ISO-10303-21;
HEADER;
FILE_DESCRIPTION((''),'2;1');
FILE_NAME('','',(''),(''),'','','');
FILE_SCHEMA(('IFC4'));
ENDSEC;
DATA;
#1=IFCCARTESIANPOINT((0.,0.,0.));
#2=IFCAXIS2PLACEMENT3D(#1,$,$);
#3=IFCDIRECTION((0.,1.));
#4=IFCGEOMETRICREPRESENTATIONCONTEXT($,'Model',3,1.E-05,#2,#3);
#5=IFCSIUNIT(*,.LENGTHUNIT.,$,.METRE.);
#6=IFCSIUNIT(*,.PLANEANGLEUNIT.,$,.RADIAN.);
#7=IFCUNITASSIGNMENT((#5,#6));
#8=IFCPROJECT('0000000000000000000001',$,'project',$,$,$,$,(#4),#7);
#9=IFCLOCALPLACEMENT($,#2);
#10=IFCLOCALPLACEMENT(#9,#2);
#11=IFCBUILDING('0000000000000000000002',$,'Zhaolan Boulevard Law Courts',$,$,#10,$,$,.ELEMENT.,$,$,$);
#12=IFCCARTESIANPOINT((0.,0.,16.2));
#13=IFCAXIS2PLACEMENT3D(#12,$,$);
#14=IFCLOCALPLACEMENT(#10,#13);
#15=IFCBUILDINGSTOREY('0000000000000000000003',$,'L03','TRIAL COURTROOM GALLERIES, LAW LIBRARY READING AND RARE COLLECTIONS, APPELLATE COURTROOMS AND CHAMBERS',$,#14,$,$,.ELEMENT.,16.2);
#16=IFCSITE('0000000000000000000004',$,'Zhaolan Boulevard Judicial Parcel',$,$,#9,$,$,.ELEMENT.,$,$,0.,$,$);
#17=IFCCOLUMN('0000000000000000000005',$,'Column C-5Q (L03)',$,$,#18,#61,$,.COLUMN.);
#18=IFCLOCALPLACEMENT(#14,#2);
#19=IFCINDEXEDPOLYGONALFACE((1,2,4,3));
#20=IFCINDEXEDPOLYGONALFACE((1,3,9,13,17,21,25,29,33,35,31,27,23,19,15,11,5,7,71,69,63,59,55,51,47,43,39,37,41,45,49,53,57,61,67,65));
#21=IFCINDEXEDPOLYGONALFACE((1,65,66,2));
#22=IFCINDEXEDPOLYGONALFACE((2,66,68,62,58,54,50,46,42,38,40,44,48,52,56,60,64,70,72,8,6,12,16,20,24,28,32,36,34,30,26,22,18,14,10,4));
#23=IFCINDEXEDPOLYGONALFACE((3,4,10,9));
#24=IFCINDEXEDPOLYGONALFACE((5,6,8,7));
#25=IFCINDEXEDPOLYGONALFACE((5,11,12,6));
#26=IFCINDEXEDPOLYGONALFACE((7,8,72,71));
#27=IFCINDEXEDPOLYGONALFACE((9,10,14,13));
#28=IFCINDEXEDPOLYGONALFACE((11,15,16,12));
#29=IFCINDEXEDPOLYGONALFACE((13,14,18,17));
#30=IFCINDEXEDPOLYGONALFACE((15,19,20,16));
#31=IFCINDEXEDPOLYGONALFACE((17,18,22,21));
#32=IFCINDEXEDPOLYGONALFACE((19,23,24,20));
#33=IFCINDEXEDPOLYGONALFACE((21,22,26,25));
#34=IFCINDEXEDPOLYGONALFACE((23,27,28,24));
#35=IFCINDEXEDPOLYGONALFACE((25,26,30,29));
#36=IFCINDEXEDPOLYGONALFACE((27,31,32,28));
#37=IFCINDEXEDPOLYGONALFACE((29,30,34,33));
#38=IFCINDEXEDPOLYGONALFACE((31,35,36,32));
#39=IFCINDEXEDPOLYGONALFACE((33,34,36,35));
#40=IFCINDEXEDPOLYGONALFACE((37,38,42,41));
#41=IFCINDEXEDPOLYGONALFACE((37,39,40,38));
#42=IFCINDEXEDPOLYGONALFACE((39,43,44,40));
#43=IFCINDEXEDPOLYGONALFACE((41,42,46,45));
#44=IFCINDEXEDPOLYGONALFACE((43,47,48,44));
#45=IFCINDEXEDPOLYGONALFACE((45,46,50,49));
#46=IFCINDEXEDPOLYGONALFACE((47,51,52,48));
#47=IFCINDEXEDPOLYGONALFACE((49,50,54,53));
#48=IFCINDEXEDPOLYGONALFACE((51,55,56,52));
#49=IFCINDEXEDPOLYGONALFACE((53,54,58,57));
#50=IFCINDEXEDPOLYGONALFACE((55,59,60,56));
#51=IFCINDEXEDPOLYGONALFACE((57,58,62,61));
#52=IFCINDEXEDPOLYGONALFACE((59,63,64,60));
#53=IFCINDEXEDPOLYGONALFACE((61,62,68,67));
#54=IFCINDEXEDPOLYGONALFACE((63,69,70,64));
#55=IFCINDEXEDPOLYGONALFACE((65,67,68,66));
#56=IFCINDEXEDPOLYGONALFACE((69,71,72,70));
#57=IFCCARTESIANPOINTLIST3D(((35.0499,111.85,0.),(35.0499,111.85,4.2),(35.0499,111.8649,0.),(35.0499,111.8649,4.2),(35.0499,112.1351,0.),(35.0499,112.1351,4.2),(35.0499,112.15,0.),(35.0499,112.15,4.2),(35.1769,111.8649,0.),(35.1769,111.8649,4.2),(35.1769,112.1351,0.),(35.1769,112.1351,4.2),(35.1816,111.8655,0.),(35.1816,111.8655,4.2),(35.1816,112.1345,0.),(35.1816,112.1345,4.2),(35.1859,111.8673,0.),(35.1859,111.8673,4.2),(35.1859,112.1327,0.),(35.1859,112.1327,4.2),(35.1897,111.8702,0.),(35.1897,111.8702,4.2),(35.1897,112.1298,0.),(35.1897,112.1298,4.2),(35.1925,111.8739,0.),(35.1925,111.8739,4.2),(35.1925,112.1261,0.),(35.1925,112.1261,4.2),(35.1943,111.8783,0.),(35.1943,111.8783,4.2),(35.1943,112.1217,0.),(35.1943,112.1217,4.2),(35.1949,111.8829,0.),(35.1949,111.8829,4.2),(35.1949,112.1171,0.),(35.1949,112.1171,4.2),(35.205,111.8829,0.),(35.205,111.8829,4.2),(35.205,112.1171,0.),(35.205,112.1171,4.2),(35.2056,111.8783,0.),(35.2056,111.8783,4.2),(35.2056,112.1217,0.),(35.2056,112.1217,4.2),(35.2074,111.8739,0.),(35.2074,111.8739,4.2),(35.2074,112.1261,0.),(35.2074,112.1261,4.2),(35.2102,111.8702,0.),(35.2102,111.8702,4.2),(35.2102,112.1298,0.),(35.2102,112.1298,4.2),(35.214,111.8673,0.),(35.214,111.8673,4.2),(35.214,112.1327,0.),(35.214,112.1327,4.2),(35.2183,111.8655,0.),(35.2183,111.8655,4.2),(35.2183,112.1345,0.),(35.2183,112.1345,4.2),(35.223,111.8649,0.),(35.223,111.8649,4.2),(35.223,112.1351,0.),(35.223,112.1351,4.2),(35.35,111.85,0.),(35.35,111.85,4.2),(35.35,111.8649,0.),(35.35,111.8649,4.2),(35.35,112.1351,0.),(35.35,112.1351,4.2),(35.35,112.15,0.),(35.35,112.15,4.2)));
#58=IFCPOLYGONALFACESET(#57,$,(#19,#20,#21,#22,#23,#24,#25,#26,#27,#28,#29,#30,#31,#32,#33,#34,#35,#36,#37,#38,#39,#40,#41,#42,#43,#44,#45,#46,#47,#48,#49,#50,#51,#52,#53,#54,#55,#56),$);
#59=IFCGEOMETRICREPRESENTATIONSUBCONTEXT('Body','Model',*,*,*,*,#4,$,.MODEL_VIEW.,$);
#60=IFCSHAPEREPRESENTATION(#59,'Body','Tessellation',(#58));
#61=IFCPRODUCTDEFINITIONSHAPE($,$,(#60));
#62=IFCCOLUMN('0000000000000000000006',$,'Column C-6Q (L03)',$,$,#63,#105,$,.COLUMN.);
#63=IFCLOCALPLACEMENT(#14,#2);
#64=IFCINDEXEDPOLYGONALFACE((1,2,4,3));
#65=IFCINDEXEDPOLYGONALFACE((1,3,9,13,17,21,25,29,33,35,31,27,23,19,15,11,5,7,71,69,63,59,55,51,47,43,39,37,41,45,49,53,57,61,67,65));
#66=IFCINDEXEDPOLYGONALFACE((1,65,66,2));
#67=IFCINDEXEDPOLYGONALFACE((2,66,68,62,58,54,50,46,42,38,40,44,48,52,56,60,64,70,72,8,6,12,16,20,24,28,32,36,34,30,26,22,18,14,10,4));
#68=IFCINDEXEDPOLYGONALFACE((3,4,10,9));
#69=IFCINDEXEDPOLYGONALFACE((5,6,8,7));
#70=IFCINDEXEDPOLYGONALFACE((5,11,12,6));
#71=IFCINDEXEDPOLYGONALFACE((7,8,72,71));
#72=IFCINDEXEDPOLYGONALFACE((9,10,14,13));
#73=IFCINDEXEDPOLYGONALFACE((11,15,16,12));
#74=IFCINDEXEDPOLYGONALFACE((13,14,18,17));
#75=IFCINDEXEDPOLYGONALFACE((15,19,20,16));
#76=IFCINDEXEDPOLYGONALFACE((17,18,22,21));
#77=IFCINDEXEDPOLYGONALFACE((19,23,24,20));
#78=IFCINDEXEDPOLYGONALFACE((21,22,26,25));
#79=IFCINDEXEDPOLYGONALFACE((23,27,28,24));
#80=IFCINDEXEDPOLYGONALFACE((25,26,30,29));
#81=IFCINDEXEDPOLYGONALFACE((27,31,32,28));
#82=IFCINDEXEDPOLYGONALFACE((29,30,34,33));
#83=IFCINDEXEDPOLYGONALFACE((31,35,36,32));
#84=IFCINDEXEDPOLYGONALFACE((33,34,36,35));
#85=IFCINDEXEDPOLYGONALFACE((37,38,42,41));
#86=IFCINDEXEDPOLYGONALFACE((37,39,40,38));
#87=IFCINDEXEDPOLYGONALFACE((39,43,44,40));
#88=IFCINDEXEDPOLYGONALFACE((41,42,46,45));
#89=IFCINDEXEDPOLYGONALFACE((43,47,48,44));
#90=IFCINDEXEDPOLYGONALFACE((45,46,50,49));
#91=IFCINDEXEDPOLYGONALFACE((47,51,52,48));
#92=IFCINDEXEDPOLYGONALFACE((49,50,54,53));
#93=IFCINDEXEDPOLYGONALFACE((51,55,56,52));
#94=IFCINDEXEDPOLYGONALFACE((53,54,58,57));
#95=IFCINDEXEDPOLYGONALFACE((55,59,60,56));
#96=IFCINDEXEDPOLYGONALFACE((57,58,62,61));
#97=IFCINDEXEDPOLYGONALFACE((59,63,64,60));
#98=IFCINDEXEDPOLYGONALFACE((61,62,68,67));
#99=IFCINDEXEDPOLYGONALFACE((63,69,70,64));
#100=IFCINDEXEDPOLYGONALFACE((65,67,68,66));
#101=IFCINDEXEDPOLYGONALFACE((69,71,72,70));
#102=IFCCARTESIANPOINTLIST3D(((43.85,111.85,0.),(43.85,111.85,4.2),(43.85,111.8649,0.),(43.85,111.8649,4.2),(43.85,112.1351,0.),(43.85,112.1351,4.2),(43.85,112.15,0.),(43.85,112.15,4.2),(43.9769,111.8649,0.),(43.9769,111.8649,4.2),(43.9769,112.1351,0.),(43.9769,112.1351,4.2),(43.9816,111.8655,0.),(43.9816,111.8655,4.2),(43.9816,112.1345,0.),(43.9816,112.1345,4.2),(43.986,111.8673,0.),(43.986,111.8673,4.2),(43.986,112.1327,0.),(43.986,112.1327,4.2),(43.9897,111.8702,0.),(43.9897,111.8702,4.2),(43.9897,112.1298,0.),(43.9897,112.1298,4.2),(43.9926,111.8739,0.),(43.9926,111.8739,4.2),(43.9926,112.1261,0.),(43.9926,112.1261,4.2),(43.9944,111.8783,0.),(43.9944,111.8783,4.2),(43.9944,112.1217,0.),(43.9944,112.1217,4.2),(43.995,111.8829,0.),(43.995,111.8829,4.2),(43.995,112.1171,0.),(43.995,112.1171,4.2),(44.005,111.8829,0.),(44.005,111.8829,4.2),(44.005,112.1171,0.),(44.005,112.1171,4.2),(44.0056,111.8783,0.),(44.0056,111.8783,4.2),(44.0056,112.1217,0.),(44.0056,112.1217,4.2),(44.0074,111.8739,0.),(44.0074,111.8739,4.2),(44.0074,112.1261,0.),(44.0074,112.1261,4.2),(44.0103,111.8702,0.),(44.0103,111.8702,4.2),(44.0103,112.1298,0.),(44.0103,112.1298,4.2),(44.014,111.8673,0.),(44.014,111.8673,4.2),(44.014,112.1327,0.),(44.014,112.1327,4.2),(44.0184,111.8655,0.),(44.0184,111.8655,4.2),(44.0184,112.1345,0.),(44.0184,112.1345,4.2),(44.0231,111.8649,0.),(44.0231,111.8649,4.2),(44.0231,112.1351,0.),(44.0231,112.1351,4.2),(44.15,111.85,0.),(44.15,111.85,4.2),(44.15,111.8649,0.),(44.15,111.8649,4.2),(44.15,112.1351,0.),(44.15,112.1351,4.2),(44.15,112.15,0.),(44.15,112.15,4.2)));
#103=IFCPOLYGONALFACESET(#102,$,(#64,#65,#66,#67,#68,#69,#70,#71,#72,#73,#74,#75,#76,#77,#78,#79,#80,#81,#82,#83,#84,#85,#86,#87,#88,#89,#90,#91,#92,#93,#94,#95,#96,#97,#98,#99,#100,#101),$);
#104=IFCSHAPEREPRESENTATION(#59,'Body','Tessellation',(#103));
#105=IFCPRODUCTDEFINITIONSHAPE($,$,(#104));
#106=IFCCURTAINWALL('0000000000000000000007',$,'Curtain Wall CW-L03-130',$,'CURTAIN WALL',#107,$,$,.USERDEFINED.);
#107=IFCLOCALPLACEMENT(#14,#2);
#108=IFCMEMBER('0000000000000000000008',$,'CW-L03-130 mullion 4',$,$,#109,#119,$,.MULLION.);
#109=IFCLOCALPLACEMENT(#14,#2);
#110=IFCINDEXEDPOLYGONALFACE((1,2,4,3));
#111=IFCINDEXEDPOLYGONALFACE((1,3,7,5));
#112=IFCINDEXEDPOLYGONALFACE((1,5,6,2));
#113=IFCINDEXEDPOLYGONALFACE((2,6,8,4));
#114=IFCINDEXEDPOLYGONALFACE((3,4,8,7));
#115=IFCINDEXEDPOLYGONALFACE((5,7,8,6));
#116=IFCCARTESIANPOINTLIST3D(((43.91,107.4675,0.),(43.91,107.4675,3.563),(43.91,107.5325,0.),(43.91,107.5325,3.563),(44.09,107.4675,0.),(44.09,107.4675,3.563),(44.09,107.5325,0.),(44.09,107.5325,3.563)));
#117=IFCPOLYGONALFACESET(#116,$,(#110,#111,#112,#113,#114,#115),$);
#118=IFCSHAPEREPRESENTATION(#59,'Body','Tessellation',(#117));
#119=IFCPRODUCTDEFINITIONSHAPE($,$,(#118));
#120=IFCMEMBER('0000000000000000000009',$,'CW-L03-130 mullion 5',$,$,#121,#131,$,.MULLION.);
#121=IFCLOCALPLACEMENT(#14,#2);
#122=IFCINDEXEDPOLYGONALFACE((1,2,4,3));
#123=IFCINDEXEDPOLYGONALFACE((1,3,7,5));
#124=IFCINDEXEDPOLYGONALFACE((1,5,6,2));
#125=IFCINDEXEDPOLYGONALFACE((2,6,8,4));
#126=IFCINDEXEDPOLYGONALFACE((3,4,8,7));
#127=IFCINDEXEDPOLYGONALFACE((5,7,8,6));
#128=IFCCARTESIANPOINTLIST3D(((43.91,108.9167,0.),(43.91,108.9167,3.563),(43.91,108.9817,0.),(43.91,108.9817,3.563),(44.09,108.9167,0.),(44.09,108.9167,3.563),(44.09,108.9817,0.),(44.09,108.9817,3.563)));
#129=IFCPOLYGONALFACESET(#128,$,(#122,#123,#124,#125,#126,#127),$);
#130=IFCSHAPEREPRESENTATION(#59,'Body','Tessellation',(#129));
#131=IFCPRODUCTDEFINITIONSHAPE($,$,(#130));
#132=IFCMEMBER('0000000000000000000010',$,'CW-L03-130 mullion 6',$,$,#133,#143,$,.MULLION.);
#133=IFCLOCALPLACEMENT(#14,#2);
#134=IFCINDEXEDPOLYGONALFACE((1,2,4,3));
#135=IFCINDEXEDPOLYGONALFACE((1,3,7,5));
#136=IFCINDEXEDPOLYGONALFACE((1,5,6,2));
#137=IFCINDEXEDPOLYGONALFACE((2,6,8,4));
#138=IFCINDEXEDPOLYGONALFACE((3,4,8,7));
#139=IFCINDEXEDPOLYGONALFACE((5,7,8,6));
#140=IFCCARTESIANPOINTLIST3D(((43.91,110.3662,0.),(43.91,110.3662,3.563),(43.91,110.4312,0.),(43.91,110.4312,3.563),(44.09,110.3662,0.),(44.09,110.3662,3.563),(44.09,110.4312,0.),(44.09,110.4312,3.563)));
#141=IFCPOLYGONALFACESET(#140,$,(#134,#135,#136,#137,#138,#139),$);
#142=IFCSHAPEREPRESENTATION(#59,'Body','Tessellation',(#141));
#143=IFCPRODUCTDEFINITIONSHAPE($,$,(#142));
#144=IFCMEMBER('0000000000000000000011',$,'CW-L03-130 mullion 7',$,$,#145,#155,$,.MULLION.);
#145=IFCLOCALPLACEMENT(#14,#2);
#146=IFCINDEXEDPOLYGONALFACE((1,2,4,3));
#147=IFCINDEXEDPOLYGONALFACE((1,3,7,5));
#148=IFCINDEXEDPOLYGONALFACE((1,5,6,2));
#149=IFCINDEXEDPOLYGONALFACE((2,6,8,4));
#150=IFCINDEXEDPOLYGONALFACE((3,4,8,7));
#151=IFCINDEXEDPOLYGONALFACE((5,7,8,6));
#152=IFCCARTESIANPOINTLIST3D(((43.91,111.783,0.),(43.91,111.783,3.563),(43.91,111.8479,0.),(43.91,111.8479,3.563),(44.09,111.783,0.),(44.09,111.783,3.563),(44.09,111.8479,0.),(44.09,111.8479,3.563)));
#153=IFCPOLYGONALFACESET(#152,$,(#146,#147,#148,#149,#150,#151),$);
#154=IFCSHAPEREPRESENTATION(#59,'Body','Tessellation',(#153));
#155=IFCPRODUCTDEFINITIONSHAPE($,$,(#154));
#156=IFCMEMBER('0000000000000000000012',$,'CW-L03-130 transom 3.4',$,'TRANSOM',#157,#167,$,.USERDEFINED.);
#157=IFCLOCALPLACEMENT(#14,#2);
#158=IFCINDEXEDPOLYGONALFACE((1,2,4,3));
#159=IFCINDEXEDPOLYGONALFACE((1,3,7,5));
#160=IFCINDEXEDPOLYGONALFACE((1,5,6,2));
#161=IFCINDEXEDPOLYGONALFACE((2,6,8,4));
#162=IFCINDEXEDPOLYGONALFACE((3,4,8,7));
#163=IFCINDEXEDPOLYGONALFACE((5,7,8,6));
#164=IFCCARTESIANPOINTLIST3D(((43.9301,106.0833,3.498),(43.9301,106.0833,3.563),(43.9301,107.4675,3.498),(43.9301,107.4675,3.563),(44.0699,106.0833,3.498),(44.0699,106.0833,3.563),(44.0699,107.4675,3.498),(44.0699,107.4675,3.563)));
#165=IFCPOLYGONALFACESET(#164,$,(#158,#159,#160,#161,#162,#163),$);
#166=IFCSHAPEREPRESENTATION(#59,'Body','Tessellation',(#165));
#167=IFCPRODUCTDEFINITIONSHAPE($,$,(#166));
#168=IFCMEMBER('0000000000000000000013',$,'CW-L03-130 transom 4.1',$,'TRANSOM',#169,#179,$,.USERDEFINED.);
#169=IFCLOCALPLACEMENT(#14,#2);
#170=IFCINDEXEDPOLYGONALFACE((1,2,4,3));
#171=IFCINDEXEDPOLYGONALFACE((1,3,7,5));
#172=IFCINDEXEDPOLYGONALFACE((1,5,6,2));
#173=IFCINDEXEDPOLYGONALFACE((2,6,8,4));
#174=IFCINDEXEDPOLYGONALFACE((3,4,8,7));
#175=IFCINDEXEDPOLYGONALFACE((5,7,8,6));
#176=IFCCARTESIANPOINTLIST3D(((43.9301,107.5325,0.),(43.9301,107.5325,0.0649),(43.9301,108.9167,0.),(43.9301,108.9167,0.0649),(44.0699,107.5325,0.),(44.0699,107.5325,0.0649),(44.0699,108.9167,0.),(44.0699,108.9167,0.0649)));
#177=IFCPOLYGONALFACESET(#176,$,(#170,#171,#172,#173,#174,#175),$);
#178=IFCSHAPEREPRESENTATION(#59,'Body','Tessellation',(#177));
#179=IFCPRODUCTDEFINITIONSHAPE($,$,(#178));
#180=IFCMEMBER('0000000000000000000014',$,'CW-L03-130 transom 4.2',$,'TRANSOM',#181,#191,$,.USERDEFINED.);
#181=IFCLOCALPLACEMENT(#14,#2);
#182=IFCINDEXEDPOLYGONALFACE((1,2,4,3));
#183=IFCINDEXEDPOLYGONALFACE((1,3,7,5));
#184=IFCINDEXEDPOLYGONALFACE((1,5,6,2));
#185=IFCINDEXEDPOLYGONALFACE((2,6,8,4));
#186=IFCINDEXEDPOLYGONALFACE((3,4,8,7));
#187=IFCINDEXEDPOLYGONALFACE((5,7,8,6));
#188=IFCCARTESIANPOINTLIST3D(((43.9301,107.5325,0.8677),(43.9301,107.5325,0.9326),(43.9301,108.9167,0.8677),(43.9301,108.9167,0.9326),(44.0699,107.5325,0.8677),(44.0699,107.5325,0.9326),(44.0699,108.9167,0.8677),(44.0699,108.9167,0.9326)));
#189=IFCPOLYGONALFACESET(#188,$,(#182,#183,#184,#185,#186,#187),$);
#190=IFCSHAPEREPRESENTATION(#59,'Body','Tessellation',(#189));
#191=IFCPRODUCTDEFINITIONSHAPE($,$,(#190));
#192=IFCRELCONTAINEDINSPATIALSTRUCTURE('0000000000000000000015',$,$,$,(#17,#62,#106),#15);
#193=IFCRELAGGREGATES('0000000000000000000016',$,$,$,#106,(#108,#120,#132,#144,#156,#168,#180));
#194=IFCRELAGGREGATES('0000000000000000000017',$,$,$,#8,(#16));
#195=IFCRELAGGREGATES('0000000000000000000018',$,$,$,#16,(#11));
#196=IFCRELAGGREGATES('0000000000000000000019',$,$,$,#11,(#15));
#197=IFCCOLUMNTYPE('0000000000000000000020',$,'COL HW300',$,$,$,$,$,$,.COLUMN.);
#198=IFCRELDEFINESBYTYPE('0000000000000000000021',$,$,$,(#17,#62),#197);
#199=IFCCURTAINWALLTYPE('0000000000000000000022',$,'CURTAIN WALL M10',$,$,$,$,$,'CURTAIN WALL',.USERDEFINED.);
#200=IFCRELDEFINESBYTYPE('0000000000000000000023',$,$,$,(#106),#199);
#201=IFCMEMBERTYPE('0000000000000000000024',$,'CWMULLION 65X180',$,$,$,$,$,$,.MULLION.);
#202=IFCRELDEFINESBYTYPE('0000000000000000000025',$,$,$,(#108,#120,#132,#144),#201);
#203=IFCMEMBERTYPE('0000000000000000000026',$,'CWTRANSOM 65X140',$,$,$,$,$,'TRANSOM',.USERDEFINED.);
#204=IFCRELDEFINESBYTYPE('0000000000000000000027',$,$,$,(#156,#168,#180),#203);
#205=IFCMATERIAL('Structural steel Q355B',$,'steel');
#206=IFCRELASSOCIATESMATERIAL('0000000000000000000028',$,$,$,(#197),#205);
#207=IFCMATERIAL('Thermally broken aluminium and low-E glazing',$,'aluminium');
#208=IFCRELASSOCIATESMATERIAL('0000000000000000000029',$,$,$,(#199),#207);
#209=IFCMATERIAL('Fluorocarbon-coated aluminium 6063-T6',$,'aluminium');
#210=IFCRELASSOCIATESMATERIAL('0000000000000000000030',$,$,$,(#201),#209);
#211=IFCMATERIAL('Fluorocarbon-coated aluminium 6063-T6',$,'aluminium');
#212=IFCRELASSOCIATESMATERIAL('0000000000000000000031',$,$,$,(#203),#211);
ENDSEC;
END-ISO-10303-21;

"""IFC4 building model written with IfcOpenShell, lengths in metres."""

from ifc_helpers import new_model, si_unit, direction, frame, origin, origin_2d, place, context, subcontext, project, spatial, rectangle, i_section, extrude, material, material_profile, profile_set, type_object, element, aggregate, save


model = new_model("IFC4")

# Units and contexts
model_context = context("Model", 3, precision=1e-05, world=origin(), true_north=direction((0.0, 1.0)))
body_context = subcontext(model_context, "Body", "Model", "MODEL_VIEW")
ifc_project = project(units=[si_unit("LENGTHUNIT", "METRE"), si_unit("PLANEANGLEUNIT", "RADIAN")], contexts=[model_context])

# Site, building, storey
site_placement = place(None, origin())
site = spatial("IfcSite", under=ifc_project, at=site_placement, Name="Zhaolan Boulevard Judicial Parcel", CompositionType="ELEMENT", RefElevation=0.0)
building_placement = place(site_placement, origin())
building = spatial("IfcBuilding", under=site, at=building_placement, Name="Zhaolan Boulevard Law Courts", CompositionType="ELEMENT")
storey_placement = place(building_placement, frame((0.0, 0.0, 16.2)))
storey = spatial("IfcBuildingStorey", under=building, at=storey_placement, Name="L03", Description="TRIAL COURTROOM GALLERIES, LAW LIBRARY READING AND RARE COLLECTIONS, APPELLATE COURTROOMS AND CHAMBERS", CompositionType="ELEMENT", Elevation=16.2)

# Columns
ifc_material_1 = material(Name="Structural steel Q355B", Category="steel")
ifc_material_profile_1 = material_profile(ifc_material_1, i_section(OverallWidth=0.3, OverallDepth=0.3, WebThickness=0.01, FlangeThickness=0.0149, FilletRadius=0.0181, at=origin_2d()), Name="HW300x300")
ifc_profile_set_1 = profile_set([ifc_material_profile_1], Name="Structural steel Q355B")
column_type = type_object("IfcColumnType", Name="COL HW300", PredefinedType="COLUMN", material=ifc_profile_set_1)
for number, where, z_axis, x_axis, name in (
    (1, (35.2, 112.0, 0.0), (0.0, 0.0, 1.0), (1.0, 0.0, 0.0), "Column C-5Q (L03)"),
    (2, (44.0, 112.0, 0.0), (0.0, 0.0, 1.0), (1.0, 0.0, 0.0), "Column C-6Q (L03)"),
):
    element("IfcColumn", number, at=place(storey_placement, frame(where, z_axis=z_axis, x_axis=x_axis)), inside=storey, type_object=column_type, Name=name, PredefinedType="COLUMN", context=body_context, shape_type="SweptSolid", body=[
        extrude(i_section(OverallWidth=0.3, OverallDepth=0.3, WebThickness=0.01, FlangeThickness=0.0149, FilletRadius=0.0181, at=origin_2d()), origin(), (0.0, 0.0, 1.0), 4.2),
    ])

# Curtain wall, members
ifc_material_2 = material(Name="Thermally broken aluminium and low-E glazing", Category="aluminium")
curtain_wall_type = type_object("IfcCurtainWallType", Name="CURTAIN WALL M10", ElementType="CURTAIN WALL", PredefinedType="USERDEFINED", material=ifc_material_2)
curtain_wall_placement = place(storey_placement, origin())
curtain_wall = element("IfcCurtainWall", 3, at=curtain_wall_placement, inside=storey, type_object=curtain_wall_type, Name="Curtain Wall CW-L03-130", ObjectType="CURTAIN WALL", PredefinedType="USERDEFINED")
ifc_material_3 = material(Name="Fluorocarbon-coated aluminium 6063-T6", Category="aluminium")
ifc_material_profile_2 = material_profile(ifc_material_3, rectangle(XDim=0.1799, YDim=0.0649, at=origin_2d()), Name="AL65x180")
ifc_profile_set_2 = profile_set([ifc_material_profile_2], Name="Fluorocarbon-coated aluminium 6063-T6")
member_type_1 = type_object("IfcMemberType", Name="CWMULLION 65X180", PredefinedType="MULLION", material=ifc_profile_set_2)
member_1_placement = place(storey_placement, frame((44.0, 107.5, 0.0), z_axis=(0.0, 0.0, 1.0), x_axis=(-1.0, 0.0, 0.0)))
member_1 = element("IfcMember", 4, at=member_1_placement, type_object=member_type_1, Name="CW-L03-130 mullion 4", PredefinedType="MULLION", context=body_context, shape_type="SweptSolid", body=[
    extrude(rectangle(XDim=0.1799, YDim=0.0649, at=origin_2d()), origin(), (0.0, 0.0, 1.0), 3.563),
])
member_2_placement = place(storey_placement, frame((44.0, 108.9492, 0.0), z_axis=(0.0, 0.0, 1.0), x_axis=(-1.0, 0.0, 0.0)))
member_2 = element("IfcMember", 5, at=member_2_placement, type_object=member_type_1, Name="CW-L03-130 mullion 5", PredefinedType="MULLION", context=body_context, shape_type="SweptSolid", body=[
    extrude(rectangle(XDim=0.1799, YDim=0.0649, at=origin_2d()), origin(), (0.0, 0.0, 1.0), 3.563),
])
member_3_placement = place(storey_placement, frame((44.0, 110.3987, 0.0), z_axis=(0.0, 0.0, 1.0), x_axis=(-1.0, 0.0, 0.0)))
member_3 = element("IfcMember", 6, at=member_3_placement, type_object=member_type_1, Name="CW-L03-130 mullion 6", PredefinedType="MULLION", context=body_context, shape_type="SweptSolid", body=[
    extrude(rectangle(XDim=0.1799, YDim=0.0649, at=origin_2d()), origin(), (0.0, 0.0, 1.0), 3.563),
])
member_4_placement = place(storey_placement, frame((44.0, 111.8154, 0.0), z_axis=(0.0, 0.0, 1.0), x_axis=(-1.0, 0.0, 0.0)))
member_4 = element("IfcMember", 7, at=member_4_placement, type_object=member_type_1, Name="CW-L03-130 mullion 7", PredefinedType="MULLION", context=body_context, shape_type="SweptSolid", body=[
    extrude(rectangle(XDim=0.1799, YDim=0.0649, at=origin_2d()), origin(), (0.0, 0.0, 1.0), 3.563),
])
ifc_material_4 = material(Name="Fluorocarbon-coated aluminium 6063-T6", Category="aluminium")
ifc_material_profile_3 = material_profile(ifc_material_4, rectangle(XDim=0.1399, YDim=0.0649, at=origin_2d()), Name="AL65x140")
ifc_profile_set_3 = profile_set([ifc_material_profile_3], Name="Fluorocarbon-coated aluminium 6063-T6")
member_type_2 = type_object("IfcMemberType", Name="CWTRANSOM 65X140", ElementType="TRANSOM", PredefinedType="USERDEFINED", material=ifc_profile_set_3)
member_5_placement = place(storey_placement, frame((44.0, 106.0833, 3.5305), z_axis=(0.0, 1.0, 0.0), x_axis=(-1.0, 0.0, 0.0)))
member_5 = element("IfcMember", 8, at=member_5_placement, type_object=member_type_2, Name="CW-L03-130 transom 3.4", ObjectType="TRANSOM", PredefinedType="USERDEFINED", context=body_context, shape_type="SweptSolid", body=[
    extrude(rectangle(XDim=0.1399, YDim=0.0649, at=origin_2d()), origin(), (0.0, 0.0, 1.0), 1.3843),
])
member_6_placement = place(storey_placement, frame((44.0, 107.5325, 0.0325), z_axis=(0.0, 1.0, 0.0), x_axis=(-1.0, 0.0, 0.0)))
member_6 = element("IfcMember", 9, at=member_6_placement, type_object=member_type_2, Name="CW-L03-130 transom 4.1", ObjectType="TRANSOM", PredefinedType="USERDEFINED", context=body_context, shape_type="SweptSolid", body=[
    extrude(rectangle(XDim=0.1399, YDim=0.0649, at=origin_2d()), origin(), (0.0, 0.0, 1.0), 1.3843),
])
member_7_placement = place(storey_placement, frame((44.0, 107.5325, 0.9001), z_axis=(0.0, 1.0, 0.0), x_axis=(-1.0, 0.0, 0.0)))
member_7 = element("IfcMember", 10, at=member_7_placement, type_object=member_type_2, Name="CW-L03-130 transom 4.2", ObjectType="TRANSOM", PredefinedType="USERDEFINED", context=body_context, shape_type="SweptSolid", body=[
    extrude(rectangle(XDim=0.1399, YDim=0.0649, at=origin_2d()), origin(), (0.0, 0.0, 1.0), 1.3843),
])

aggregate(curtain_wall, [member_1, member_2, member_3, member_4, member_5, member_6, member_7])

save(model, "model.ifc")
